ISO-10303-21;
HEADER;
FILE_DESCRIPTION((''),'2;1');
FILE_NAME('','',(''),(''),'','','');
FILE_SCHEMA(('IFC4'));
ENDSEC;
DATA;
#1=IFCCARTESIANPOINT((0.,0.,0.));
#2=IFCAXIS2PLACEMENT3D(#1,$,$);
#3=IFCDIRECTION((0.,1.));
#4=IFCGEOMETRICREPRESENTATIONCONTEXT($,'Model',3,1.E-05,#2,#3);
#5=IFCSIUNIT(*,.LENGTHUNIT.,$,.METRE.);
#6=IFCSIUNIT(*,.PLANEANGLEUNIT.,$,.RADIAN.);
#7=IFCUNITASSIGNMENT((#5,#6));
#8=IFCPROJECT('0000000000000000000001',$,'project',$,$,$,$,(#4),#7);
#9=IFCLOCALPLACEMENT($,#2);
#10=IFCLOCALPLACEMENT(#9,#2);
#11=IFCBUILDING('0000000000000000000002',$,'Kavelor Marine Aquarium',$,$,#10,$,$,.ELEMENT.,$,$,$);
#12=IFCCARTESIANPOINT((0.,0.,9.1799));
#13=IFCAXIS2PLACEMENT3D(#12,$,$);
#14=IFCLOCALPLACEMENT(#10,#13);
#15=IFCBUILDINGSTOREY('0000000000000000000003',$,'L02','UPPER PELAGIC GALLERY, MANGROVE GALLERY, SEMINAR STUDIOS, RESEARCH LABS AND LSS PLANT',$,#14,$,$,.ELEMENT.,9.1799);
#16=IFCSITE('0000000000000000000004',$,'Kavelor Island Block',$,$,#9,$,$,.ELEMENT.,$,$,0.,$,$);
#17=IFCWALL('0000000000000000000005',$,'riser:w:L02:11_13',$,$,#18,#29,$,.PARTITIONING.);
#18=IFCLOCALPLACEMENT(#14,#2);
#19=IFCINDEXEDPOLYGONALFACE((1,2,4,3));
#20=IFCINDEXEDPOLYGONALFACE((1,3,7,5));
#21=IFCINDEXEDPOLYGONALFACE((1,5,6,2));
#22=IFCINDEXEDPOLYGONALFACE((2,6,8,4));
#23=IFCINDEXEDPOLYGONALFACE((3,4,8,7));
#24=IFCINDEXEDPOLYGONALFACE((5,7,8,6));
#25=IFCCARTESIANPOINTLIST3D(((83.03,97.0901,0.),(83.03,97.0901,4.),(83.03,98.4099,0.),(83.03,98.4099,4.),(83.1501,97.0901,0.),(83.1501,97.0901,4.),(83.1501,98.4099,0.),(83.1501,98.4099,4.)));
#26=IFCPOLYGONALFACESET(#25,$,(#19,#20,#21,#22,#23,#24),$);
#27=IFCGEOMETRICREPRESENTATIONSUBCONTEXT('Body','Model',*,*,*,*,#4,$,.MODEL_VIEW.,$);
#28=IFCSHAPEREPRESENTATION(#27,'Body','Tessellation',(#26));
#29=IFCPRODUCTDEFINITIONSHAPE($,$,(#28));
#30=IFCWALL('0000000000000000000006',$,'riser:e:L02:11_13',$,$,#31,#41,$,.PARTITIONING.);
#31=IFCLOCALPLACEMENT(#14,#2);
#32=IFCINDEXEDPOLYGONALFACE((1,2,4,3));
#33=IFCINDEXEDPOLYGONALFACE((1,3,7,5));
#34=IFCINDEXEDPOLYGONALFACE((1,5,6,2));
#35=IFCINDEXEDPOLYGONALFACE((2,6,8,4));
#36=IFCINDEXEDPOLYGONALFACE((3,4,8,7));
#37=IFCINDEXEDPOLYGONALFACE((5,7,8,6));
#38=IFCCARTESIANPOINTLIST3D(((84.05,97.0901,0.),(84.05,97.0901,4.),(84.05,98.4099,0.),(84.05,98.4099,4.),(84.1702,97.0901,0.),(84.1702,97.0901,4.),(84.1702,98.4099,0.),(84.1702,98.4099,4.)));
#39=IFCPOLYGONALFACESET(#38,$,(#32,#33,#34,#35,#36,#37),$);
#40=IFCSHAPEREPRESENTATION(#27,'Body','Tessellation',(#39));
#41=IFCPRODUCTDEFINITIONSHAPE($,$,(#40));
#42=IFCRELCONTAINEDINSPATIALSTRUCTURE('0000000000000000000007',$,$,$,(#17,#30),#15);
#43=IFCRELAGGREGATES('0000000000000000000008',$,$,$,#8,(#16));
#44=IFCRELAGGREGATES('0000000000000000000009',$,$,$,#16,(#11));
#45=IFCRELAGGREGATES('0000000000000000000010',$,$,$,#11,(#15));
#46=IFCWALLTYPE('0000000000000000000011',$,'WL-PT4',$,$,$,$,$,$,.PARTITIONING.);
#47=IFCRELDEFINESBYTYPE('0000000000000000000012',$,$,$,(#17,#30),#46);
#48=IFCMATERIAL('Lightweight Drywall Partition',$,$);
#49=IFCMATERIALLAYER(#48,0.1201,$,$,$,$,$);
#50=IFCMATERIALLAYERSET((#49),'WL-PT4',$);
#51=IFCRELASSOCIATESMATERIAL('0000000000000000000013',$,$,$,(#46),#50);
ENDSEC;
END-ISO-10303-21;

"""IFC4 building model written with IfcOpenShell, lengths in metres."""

from ifc_helpers import new_model, si_unit, direction, frame, frame_2d, origin, place, context, subcontext, project, spatial, rectangle, extrude, material, layer, layer_set, type_object, element, save


model = new_model("IFC4")

# Units and contexts
model_context = context("Model", 3, precision=1e-05, world=origin(), true_north=direction((0.0, 1.0)))
body_context = subcontext(model_context, "Body", "Model", "MODEL_VIEW")
ifc_project = project(units=[si_unit("LENGTHUNIT", "METRE"), si_unit("PLANEANGLEUNIT", "RADIAN")], contexts=[model_context])

# Site, building, storey
site_placement = place(None, origin())
site = spatial("IfcSite", under=ifc_project, at=site_placement, Name="Kavelor Island Block", CompositionType="ELEMENT", RefElevation=0.0)
building_placement = place(site_placement, origin())
building = spatial("IfcBuilding", under=site, at=building_placement, Name="Kavelor Marine Aquarium", CompositionType="ELEMENT")
storey_placement = place(building_placement, frame((0.0, 0.0, 9.1799)))
storey = spatial("IfcBuildingStorey", under=building, at=storey_placement, Name="L02", Description="UPPER PELAGIC GALLERY, MANGROVE GALLERY, SEMINAR STUDIOS, RESEARCH LABS AND LSS PLANT", CompositionType="ELEMENT", Elevation=9.1799)

# Walls
ifc_material_1 = material(Name="Lightweight Drywall Partition")
ifc_layer_1 = layer(ifc_material_1, 0.1201)
ifc_layer_set_1 = layer_set([ifc_layer_1], Name="WL-PT4")
wall_type_1 = type_object("IfcWallType", Name="WL-PT4", PredefinedType="PARTITIONING", material=ifc_layer_set_1)
for number, where, z_axis, x_axis, name in (
    (1, (83.0901, 97.0901, 0.0), (0.0, 0.0, 1.0), (0.0, 1.0, 0.0), "riser:w:L02:11_13"),
    (2, (84.1101, 97.0901, 0.0), (0.0, 0.0, 1.0), (0.0, 1.0, 0.0), "riser:e:L02:11_13"),
):
    element("IfcWall", number, at=place(storey_placement, frame(where, z_axis=z_axis, x_axis=x_axis)), inside=storey, type_object=wall_type_1, Name=name, PredefinedType="PARTITIONING", context=body_context, shape_type="SweptSolid", body=[
        extrude(rectangle(XDim=1.3198, YDim=0.1201, at=frame_2d((0.6599, 0.0))), origin(), (0.0, 0.0, 1.0), 4.0),
    ])

save(model, "model.ifc")
